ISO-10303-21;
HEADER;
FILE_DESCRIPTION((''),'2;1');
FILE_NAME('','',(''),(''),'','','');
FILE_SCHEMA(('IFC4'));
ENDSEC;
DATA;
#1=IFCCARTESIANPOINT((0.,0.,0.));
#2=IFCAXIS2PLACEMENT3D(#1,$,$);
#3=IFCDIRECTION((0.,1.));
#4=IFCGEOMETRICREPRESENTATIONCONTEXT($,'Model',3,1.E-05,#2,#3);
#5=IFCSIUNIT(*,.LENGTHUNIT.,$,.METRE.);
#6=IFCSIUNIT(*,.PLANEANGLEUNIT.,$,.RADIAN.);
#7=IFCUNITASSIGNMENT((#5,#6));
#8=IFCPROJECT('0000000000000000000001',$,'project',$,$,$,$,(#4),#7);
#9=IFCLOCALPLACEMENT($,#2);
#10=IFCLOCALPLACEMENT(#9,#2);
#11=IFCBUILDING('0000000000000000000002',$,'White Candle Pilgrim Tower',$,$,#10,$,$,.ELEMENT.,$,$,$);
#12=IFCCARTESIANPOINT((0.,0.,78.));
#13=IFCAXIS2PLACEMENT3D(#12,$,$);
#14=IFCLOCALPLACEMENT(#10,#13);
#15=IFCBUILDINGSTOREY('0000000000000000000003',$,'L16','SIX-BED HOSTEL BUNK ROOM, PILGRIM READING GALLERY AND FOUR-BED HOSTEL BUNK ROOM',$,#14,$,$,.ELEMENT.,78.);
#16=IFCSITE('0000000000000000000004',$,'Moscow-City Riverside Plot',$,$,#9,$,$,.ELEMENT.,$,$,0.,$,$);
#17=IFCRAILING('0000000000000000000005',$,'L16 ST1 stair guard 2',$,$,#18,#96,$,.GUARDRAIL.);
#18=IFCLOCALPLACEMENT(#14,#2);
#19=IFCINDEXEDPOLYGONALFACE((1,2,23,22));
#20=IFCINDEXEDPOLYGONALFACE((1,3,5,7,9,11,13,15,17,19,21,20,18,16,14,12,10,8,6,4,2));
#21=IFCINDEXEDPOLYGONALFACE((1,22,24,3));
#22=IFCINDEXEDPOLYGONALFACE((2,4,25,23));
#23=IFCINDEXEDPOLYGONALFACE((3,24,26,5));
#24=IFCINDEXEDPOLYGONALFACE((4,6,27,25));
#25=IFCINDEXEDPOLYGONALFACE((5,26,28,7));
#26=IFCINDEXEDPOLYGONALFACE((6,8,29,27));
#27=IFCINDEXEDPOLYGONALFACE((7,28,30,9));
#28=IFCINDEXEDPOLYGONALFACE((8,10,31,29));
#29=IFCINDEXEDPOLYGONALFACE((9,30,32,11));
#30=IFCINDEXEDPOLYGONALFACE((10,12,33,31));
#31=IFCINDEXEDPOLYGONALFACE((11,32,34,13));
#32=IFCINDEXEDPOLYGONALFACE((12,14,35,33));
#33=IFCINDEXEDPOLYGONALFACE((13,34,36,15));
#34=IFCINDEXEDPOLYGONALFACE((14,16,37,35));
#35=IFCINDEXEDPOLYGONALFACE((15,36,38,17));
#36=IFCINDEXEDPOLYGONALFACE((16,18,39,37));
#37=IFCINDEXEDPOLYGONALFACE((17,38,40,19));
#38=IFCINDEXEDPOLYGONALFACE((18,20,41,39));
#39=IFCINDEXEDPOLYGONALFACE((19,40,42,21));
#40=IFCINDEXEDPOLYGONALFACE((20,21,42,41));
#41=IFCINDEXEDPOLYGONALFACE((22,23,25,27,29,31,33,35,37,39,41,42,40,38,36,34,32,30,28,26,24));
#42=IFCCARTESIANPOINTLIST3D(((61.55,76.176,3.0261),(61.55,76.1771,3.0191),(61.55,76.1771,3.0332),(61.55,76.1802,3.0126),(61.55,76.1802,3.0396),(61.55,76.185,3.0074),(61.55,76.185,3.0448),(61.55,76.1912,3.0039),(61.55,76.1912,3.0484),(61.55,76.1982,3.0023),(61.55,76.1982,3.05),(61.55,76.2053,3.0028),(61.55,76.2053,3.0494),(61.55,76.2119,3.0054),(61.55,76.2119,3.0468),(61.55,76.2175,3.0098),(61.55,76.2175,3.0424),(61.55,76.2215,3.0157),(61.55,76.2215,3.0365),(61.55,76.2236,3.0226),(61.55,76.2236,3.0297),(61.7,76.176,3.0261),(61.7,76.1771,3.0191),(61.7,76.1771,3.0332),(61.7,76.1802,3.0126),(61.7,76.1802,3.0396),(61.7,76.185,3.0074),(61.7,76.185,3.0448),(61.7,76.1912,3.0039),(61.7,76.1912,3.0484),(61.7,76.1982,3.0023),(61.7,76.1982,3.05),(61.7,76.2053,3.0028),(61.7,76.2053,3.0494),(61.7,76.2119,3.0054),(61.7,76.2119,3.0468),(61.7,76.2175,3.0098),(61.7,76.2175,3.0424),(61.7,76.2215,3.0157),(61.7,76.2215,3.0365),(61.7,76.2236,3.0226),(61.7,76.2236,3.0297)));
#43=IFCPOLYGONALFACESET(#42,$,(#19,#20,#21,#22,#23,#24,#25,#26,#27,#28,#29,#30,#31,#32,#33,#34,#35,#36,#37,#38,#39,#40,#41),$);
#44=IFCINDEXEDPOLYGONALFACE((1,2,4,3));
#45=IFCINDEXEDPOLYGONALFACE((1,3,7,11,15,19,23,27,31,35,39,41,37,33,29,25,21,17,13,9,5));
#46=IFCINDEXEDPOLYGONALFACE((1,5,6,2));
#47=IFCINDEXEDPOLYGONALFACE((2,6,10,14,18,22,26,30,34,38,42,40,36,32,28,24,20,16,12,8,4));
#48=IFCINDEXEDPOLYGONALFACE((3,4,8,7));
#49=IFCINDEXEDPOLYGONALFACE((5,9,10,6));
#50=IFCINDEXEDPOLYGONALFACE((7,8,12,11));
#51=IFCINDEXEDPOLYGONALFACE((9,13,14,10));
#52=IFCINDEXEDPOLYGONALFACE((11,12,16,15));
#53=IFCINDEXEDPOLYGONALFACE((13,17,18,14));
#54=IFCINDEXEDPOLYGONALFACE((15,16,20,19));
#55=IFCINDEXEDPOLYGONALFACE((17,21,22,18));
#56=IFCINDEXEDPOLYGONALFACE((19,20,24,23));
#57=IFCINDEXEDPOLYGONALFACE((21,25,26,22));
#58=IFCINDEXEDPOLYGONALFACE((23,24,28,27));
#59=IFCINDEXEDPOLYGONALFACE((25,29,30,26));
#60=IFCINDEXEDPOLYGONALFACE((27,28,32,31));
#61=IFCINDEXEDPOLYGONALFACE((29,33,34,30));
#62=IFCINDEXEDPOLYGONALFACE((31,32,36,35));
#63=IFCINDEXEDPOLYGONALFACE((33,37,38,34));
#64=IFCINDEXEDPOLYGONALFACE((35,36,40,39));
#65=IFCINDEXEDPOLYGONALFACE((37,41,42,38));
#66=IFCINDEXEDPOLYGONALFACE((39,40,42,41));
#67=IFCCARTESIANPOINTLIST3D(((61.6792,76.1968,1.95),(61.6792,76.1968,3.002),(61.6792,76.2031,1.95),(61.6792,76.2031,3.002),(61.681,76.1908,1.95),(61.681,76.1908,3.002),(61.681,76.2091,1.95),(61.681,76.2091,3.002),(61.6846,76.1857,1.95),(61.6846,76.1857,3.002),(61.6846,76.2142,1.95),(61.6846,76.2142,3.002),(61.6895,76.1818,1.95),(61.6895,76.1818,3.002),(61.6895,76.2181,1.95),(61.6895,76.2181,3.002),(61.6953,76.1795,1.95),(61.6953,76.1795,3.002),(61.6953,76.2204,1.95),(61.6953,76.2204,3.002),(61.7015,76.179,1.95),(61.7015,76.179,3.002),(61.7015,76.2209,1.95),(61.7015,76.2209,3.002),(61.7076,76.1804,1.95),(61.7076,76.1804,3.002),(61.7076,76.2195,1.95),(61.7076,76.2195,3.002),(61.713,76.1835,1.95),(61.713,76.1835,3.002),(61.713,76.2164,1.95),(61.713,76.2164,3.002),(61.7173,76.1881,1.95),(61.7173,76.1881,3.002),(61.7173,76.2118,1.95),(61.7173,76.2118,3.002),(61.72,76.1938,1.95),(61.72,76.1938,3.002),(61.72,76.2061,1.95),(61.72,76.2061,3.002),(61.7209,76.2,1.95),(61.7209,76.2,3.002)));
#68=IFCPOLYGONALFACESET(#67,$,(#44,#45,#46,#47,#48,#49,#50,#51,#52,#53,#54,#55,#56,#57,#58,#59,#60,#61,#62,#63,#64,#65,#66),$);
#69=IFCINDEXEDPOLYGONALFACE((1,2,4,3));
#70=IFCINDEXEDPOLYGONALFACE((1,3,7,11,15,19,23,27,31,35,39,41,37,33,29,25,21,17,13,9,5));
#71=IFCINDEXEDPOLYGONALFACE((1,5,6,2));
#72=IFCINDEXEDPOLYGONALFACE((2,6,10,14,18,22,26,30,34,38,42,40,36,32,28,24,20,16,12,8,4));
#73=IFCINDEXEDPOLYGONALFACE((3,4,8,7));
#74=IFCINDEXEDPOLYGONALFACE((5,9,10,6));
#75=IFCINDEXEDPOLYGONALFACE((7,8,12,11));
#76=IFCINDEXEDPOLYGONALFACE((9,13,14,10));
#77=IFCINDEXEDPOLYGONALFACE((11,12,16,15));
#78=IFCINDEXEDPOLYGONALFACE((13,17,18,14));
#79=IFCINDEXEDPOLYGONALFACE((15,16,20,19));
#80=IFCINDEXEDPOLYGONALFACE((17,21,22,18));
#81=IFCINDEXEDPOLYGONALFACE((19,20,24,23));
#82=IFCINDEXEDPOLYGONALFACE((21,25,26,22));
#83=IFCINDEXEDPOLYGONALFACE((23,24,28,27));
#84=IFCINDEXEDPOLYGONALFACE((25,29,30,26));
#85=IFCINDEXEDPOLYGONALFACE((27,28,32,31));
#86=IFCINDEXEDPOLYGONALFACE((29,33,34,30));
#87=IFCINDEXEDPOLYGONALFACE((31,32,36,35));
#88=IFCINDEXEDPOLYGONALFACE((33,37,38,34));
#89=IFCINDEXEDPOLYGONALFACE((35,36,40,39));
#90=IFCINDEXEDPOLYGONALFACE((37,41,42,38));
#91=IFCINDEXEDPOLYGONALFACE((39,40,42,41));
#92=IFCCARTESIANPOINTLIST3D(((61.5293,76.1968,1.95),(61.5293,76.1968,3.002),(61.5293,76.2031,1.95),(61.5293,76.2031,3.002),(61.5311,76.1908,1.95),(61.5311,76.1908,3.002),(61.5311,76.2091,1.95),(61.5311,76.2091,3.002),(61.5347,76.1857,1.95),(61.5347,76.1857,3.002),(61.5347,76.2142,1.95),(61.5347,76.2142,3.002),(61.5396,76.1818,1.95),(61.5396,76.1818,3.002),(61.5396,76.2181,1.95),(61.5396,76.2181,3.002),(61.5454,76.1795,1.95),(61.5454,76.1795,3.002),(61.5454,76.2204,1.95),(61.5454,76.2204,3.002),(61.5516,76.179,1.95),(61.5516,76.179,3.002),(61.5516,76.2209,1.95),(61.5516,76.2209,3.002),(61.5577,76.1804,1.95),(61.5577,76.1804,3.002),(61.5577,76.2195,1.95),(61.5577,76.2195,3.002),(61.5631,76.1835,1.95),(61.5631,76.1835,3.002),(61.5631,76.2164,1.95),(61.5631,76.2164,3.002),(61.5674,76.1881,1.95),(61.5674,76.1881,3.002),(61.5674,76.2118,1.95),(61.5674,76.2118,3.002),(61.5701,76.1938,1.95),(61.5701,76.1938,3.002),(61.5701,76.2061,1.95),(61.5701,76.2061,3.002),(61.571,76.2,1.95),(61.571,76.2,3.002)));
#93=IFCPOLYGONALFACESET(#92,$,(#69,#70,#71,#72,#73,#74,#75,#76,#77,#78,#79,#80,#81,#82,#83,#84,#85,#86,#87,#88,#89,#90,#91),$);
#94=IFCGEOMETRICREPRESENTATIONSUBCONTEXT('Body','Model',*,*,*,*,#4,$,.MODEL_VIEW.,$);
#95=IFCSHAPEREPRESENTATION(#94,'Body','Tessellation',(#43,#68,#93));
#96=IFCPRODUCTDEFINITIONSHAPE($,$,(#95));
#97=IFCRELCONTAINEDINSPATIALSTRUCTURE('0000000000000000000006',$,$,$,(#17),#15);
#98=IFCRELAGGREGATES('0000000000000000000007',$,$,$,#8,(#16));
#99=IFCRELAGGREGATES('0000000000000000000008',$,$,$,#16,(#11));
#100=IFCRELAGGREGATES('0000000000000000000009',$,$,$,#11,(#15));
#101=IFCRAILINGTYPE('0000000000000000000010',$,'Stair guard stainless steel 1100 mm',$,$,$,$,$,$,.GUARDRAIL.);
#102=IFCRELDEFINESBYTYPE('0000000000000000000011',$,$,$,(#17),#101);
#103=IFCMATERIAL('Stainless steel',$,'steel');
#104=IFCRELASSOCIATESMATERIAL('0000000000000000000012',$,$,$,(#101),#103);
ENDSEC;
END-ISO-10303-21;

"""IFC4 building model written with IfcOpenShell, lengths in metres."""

from ifc_helpers import new_model, si_unit, direction, frame, origin, origin_2d, place, context, subcontext, project, spatial, circle, extrude, material, type_object, element, save


model = new_model("IFC4")

# Units and contexts
model_context = context("Model", 3, precision=1e-05, world=origin(), true_north=direction((0.0, 1.0)))
body_context = subcontext(model_context, "Body", "Model", "MODEL_VIEW")
ifc_project = project(units=[si_unit("LENGTHUNIT", "METRE"), si_unit("PLANEANGLEUNIT", "RADIAN")], contexts=[model_context])

# Site, building, storey
site_placement = place(None, origin())
site = spatial("IfcSite", under=ifc_project, at=site_placement, Name="Moscow-City Riverside Plot", CompositionType="ELEMENT", RefElevation=0.0)
building_placement = place(site_placement, origin())
building = spatial("IfcBuilding", under=site, at=building_placement, Name="White Candle Pilgrim Tower", CompositionType="ELEMENT")
storey_placement = place(building_placement, frame((0.0, 0.0, 78.0)))
storey = spatial("IfcBuildingStorey", under=building, at=storey_placement, Name="L16", Description="SIX-BED HOSTEL BUNK ROOM, PILGRIM READING GALLERY AND FOUR-BED HOSTEL BUNK ROOM", CompositionType="ELEMENT", Elevation=78.0)

# Railing
ifc_material_1 = material(Name="Stainless steel", Category="steel")
railing_type_1 = type_object("IfcRailingType", Name="Stair guard stainless steel 1100 mm", PredefinedType="GUARDRAIL", material=ifc_material_1)
railing_1_placement = place(storey_placement, frame((61.7, 76.2, 1.95)))
element("IfcRailing", 1, at=railing_1_placement, inside=storey, type_object=railing_type_1, Name="L16 ST1 stair guard 2", PredefinedType="GUARDRAIL", context=body_context, shape_type="SweptSolid", body=[
    extrude(circle(Radius=0.0239, at=origin_2d()), frame((0.0, 0.0, 1.0762), z_axis=(-1.0, 0.0, 0.0), x_axis=(0.0, -1.0, 0.0)), (0.0, 0.0, 1.0), 0.1499),
    extrude(circle(Radius=0.021, at=origin_2d()), origin(), (0.0, 0.0, 1.0), 1.052),
    extrude(circle(Radius=0.021, at=origin_2d()), frame((-0.1499, 0.0, 0.0)), (0.0, 0.0, 1.0), 1.052),
])

save(model, "model.ifc")
